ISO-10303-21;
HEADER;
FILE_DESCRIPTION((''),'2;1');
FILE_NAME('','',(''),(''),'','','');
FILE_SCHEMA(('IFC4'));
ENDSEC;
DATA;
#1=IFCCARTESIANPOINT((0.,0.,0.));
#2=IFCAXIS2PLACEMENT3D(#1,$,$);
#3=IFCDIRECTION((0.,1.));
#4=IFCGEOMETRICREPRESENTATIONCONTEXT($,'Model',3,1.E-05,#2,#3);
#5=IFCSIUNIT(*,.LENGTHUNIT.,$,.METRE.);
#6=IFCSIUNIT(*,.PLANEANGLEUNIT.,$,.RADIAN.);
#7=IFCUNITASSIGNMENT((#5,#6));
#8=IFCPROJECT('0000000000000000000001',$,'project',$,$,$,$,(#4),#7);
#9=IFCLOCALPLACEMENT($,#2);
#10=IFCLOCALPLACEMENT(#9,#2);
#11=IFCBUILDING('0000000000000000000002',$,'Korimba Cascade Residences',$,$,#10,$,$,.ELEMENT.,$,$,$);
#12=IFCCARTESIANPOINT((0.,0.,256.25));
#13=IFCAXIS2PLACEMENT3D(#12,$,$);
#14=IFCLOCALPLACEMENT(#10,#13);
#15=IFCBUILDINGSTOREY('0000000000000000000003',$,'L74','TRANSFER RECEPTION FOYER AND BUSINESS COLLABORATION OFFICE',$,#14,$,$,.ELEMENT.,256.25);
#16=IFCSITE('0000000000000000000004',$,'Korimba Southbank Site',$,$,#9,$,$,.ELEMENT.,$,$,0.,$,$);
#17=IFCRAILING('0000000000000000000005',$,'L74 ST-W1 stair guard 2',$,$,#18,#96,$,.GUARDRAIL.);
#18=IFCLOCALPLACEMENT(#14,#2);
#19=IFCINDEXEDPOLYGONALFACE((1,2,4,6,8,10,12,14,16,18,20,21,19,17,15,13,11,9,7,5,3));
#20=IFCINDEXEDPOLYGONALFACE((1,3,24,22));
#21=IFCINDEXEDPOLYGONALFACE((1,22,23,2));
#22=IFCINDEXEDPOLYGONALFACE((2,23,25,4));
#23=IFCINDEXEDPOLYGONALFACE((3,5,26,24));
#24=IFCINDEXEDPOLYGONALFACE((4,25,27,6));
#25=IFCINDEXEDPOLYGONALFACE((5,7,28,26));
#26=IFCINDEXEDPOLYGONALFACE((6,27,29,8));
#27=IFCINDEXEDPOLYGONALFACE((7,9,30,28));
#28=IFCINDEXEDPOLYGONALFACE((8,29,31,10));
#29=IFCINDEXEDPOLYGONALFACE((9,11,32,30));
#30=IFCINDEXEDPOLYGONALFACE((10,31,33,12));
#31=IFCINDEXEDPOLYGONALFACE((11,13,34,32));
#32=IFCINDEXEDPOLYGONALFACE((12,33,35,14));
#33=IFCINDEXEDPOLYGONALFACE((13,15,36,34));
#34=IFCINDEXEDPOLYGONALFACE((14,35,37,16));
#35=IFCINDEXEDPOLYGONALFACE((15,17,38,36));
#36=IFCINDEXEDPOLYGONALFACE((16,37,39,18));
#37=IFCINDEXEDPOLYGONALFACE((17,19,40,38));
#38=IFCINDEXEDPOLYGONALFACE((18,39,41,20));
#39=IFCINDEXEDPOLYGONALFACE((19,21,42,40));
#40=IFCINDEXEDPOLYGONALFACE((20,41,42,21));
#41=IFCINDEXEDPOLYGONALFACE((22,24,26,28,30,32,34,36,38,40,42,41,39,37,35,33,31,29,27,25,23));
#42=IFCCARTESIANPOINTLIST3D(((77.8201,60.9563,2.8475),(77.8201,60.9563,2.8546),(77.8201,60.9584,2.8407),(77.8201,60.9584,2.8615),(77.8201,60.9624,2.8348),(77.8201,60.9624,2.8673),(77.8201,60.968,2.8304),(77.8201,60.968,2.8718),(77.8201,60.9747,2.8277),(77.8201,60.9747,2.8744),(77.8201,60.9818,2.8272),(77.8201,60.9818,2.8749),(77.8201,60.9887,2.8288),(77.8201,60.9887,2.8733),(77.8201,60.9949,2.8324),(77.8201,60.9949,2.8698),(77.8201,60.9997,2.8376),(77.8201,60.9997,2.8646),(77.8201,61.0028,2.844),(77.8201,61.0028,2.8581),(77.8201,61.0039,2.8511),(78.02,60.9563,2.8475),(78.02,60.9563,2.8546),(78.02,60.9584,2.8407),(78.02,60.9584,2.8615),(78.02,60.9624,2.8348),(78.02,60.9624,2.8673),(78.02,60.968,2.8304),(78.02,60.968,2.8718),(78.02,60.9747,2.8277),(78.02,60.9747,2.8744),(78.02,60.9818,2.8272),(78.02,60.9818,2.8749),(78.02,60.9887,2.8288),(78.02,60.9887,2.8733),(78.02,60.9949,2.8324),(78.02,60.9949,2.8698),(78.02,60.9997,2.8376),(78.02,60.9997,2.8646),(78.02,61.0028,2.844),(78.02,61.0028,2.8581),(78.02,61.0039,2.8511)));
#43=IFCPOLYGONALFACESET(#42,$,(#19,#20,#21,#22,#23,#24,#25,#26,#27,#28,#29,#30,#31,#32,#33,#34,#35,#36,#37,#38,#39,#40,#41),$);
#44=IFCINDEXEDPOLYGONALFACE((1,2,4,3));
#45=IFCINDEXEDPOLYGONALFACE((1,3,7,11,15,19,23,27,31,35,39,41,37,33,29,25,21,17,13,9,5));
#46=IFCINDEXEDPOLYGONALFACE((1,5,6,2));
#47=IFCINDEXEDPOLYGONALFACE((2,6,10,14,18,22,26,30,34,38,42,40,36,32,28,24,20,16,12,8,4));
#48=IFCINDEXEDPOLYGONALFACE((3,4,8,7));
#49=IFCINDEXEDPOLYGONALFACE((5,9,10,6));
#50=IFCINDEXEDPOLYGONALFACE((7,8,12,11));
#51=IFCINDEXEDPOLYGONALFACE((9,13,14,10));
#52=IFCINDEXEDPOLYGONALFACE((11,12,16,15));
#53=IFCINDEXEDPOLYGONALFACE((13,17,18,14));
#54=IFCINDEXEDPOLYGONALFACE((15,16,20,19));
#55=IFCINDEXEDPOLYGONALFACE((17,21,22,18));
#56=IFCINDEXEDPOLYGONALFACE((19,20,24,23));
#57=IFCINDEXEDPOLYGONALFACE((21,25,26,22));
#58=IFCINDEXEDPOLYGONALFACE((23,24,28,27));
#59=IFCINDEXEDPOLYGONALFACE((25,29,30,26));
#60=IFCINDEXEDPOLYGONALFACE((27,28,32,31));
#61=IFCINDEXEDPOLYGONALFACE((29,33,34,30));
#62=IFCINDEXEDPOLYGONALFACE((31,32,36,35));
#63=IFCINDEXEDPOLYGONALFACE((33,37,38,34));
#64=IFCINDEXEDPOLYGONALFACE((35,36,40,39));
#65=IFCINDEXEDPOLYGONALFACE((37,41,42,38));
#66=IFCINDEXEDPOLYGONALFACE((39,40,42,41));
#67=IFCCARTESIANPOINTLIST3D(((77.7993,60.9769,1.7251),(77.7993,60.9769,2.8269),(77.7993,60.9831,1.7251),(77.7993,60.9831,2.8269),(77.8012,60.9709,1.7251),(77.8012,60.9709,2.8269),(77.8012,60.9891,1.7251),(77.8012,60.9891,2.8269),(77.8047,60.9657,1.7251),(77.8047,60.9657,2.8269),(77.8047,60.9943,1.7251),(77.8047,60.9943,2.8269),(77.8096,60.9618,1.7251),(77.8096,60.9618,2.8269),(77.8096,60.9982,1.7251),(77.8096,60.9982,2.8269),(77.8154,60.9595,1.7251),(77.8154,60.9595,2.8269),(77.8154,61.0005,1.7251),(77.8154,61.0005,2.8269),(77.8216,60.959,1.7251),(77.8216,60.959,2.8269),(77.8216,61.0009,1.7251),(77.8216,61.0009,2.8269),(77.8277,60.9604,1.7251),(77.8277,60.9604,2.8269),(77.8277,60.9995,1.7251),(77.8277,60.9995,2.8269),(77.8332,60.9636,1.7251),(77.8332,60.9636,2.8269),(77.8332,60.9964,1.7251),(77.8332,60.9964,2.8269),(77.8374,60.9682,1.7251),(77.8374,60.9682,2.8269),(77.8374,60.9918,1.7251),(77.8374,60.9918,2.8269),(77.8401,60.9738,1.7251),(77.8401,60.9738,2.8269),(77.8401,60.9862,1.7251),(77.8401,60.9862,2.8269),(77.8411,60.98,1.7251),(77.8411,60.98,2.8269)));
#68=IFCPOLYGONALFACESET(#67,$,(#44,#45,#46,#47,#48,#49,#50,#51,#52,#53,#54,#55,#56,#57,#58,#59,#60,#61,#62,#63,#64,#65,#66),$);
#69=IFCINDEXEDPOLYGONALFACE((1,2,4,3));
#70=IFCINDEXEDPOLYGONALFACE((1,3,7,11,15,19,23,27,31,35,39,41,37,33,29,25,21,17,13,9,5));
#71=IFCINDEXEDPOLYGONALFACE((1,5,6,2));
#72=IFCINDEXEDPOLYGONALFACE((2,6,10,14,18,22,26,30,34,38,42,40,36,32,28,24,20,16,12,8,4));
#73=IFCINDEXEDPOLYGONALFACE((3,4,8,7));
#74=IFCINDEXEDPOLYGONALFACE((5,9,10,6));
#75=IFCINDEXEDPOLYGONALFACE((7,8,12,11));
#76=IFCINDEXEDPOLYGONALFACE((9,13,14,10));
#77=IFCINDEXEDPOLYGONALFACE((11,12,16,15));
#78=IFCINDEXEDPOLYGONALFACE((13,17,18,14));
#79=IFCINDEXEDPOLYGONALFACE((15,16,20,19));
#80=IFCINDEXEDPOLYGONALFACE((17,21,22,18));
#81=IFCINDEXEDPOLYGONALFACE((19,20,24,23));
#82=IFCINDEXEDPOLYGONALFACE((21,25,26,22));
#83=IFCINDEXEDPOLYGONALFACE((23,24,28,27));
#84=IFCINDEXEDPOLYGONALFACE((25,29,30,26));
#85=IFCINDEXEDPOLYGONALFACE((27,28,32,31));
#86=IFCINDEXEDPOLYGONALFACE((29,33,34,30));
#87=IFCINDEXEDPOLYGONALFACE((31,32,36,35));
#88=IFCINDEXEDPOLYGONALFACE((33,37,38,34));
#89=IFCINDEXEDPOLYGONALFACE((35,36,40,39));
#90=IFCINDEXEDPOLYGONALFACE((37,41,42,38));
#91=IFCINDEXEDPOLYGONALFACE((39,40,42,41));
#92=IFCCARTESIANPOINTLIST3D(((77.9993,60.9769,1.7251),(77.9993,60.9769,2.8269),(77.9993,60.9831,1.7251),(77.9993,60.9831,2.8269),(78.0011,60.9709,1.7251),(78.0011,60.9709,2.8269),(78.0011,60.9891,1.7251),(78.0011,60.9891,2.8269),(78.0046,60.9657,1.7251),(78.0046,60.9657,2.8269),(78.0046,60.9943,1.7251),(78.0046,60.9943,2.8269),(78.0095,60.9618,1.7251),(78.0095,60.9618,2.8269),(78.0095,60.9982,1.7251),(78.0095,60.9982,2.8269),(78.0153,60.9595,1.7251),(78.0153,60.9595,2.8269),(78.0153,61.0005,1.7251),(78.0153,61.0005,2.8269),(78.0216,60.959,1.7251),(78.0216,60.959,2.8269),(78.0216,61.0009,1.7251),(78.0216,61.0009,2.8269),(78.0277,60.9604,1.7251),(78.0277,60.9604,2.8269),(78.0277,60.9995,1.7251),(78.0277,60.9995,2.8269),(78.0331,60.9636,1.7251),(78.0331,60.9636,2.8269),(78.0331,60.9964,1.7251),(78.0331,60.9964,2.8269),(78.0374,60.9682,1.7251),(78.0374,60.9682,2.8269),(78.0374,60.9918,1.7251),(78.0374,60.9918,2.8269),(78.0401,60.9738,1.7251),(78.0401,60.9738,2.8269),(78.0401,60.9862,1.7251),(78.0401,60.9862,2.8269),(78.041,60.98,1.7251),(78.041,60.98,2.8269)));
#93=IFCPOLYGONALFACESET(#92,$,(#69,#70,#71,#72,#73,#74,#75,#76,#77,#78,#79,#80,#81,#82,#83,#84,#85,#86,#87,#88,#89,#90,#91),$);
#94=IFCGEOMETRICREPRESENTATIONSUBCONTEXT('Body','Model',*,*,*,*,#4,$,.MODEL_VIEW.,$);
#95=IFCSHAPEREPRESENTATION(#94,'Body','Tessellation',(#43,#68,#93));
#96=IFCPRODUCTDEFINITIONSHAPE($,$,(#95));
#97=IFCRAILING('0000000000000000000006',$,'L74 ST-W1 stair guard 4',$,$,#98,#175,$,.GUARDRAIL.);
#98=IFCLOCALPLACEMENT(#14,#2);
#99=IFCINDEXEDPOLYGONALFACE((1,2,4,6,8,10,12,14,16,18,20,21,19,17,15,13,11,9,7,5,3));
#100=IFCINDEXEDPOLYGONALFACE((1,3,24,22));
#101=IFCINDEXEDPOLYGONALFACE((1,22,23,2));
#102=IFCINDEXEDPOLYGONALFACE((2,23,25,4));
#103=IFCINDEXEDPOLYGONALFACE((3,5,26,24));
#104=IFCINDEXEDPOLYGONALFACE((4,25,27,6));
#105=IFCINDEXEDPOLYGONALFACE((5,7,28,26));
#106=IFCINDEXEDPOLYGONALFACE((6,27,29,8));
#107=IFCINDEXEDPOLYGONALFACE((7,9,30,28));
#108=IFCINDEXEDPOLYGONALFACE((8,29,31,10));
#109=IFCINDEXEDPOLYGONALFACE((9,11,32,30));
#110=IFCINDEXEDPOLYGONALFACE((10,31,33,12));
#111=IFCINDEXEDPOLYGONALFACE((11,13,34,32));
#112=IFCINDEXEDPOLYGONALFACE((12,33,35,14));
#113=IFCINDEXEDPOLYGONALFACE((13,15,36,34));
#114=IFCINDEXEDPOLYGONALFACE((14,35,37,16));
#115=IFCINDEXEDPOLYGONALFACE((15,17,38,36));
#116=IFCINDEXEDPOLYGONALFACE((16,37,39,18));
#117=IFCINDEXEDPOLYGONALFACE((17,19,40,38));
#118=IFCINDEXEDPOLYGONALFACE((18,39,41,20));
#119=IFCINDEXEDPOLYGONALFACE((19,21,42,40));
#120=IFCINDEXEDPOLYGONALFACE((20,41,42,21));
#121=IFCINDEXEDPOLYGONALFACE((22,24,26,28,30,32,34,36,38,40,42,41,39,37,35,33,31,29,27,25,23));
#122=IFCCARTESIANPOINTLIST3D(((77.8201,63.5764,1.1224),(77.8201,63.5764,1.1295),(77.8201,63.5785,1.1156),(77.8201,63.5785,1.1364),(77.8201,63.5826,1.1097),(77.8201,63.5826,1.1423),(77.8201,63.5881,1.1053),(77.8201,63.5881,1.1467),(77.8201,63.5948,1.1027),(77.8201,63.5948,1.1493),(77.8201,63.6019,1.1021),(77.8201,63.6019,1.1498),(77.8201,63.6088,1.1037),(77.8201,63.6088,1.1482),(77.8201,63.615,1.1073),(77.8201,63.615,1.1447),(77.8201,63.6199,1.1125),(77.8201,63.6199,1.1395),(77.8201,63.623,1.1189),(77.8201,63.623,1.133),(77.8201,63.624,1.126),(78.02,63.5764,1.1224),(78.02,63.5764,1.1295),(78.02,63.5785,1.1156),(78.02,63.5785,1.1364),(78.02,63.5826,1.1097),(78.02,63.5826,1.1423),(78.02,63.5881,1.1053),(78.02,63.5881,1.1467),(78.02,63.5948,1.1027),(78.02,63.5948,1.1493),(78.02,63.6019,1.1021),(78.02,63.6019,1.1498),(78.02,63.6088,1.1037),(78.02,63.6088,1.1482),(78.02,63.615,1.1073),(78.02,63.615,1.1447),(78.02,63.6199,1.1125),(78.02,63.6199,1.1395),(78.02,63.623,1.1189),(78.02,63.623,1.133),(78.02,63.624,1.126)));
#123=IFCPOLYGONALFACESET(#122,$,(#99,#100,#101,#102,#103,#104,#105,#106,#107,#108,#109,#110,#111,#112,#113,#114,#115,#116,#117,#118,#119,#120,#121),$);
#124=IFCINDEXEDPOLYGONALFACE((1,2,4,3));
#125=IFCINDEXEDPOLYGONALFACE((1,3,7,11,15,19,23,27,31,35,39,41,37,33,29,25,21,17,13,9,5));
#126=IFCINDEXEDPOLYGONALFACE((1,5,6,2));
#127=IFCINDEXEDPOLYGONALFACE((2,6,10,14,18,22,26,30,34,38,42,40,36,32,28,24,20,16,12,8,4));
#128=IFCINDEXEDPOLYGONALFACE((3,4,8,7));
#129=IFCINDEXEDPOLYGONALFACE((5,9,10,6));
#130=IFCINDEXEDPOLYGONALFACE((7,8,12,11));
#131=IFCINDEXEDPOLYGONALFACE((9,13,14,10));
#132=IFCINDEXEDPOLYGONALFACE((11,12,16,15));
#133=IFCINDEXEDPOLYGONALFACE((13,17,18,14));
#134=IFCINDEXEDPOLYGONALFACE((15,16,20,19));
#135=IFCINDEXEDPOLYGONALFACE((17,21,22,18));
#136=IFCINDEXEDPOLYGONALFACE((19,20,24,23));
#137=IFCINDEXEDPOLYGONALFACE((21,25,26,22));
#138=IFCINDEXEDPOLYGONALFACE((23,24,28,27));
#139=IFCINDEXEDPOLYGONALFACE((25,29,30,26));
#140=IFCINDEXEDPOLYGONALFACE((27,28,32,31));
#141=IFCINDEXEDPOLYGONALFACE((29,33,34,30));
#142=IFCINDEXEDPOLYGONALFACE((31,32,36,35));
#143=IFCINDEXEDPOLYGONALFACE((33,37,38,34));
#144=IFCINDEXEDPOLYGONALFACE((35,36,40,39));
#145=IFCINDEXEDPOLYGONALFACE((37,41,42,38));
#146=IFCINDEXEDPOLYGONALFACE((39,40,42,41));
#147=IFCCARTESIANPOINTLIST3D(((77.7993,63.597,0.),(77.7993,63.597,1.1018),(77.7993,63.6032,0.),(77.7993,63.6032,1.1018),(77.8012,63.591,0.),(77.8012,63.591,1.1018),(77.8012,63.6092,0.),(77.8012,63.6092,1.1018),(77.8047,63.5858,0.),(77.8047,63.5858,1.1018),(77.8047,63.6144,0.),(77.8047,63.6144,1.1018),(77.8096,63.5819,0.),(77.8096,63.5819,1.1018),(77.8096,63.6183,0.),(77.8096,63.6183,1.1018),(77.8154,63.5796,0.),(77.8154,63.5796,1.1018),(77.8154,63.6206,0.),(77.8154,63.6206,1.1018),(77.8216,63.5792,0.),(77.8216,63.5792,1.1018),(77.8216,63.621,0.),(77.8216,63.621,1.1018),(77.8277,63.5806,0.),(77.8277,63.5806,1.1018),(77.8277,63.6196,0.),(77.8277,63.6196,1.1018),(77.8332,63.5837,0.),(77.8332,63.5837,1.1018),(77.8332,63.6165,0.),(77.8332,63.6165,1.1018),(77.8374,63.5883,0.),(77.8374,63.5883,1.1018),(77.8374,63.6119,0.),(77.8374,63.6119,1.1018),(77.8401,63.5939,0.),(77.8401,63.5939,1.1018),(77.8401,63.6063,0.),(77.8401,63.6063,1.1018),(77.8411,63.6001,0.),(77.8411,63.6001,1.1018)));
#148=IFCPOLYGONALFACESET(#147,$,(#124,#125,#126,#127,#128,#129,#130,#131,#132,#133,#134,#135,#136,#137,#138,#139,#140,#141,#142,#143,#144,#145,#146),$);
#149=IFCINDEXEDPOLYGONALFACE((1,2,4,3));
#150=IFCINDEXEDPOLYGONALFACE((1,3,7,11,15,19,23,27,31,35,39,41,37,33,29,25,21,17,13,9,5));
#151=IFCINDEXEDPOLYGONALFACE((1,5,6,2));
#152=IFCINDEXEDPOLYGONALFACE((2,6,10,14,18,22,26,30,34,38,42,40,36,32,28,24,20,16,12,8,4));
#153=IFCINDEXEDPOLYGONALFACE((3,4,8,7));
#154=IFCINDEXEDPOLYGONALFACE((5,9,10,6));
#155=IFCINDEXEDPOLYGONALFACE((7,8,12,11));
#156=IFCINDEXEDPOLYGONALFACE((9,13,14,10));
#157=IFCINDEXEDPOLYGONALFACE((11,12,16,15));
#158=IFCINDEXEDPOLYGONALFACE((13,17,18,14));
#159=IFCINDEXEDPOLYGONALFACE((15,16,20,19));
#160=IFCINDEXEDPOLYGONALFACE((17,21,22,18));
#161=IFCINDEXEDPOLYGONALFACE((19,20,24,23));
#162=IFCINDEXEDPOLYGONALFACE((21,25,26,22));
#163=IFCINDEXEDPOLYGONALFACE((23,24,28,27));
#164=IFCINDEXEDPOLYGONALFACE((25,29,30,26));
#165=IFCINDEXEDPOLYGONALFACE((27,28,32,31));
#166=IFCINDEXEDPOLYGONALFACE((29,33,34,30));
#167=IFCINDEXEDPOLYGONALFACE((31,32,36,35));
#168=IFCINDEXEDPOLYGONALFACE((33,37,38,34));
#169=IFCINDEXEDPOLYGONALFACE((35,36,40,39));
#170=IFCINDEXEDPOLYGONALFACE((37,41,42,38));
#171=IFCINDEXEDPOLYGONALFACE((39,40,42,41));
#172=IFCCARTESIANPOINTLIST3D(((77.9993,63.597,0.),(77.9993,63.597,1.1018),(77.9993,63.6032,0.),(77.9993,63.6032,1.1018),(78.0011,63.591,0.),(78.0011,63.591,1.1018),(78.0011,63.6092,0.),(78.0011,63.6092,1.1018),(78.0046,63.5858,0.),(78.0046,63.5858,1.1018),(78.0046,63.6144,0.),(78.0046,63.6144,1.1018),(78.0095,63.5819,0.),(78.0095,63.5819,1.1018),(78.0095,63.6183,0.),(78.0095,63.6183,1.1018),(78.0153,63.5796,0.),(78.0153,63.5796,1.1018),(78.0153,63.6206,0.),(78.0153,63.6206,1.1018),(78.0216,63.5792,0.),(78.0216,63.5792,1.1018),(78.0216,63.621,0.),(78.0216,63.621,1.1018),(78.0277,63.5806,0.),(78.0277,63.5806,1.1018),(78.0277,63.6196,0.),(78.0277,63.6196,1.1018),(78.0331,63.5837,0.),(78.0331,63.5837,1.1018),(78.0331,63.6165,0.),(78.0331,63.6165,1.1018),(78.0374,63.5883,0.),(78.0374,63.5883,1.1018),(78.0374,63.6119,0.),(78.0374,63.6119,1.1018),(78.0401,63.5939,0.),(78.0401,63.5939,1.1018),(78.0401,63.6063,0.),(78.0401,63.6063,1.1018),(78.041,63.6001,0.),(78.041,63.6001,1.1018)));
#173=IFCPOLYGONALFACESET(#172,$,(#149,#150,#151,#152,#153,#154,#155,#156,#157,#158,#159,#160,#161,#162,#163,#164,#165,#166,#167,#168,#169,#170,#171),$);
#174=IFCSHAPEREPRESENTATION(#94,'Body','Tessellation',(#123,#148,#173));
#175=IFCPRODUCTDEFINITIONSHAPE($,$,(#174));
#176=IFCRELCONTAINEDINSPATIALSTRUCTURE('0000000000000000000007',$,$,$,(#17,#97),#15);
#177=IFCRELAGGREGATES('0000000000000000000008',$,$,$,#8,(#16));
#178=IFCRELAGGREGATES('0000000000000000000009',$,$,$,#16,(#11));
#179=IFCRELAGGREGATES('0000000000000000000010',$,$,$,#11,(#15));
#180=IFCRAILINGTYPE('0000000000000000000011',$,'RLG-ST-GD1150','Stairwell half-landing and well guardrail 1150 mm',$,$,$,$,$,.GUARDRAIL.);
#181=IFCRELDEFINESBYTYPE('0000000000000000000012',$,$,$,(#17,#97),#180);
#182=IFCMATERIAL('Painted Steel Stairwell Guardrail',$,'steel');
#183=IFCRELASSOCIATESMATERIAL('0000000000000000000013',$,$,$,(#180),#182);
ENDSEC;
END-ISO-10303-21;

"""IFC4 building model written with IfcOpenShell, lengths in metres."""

from ifc_helpers import new_model, si_unit, direction, frame, origin, origin_2d, place, context, subcontext, project, spatial, circle, extrude, material, type_object, element, save


model = new_model("IFC4")

# Units and contexts
model_context = context("Model", 3, precision=1e-05, world=origin(), true_north=direction((0.0, 1.0)))
body_context = subcontext(model_context, "Body", "Model", "MODEL_VIEW")
ifc_project = project(units=[si_unit("LENGTHUNIT", "METRE"), si_unit("PLANEANGLEUNIT", "RADIAN")], contexts=[model_context])

# Site, building, storey
site_placement = place(None, origin())
site = spatial("IfcSite", under=ifc_project, at=site_placement, Name="Korimba Southbank Site", CompositionType="ELEMENT", RefElevation=0.0)
building_placement = place(site_placement, origin())
building = spatial("IfcBuilding", under=site, at=building_placement, Name="Korimba Cascade Residences", CompositionType="ELEMENT")
storey_placement = place(building_placement, frame((0.0, 0.0, 256.25)))
storey = spatial("IfcBuildingStorey", under=building, at=storey_placement, Name="L74", Description="TRANSFER RECEPTION FOYER AND BUSINESS COLLABORATION OFFICE", CompositionType="ELEMENT", Elevation=256.25)

# Railings
ifc_material_1 = material(Name="Painted Steel Stairwell Guardrail", Category="steel")
railing_type_1 = type_object("IfcRailingType", Name="RLG-ST-GD1150", Description="Stairwell half-landing and well guardrail 1150 mm", PredefinedType="GUARDRAIL", material=ifc_material_1)
for number, where, name in (
    (1, (77.8201, 60.98, 1.7251), "L74 ST-W1 stair guard 2"),
    (2, (77.8201, 63.6001, 0.0), "L74 ST-W1 stair guard 4"),
):
    element("IfcRailing", number, at=place(storey_placement, frame(where)), inside=storey, type_object=railing_type_1, Name=name, PredefinedType="GUARDRAIL", context=body_context, shape_type="SweptSolid", body=[
        extrude(circle(Radius=0.0239, at=origin_2d()), frame((0.0, 0.0, 1.126), z_axis=(1.0, 0.0, 0.0), x_axis=(0.0, 1.0, 0.0)), (0.0, 0.0, 1.0), 0.2),
        extrude(circle(Radius=0.021, at=origin_2d()), origin(), (0.0, 0.0, 1.0), 1.1018),
        extrude(circle(Radius=0.021, at=origin_2d()), frame((0.2, 0.0, 0.0)), (0.0, 0.0, 1.0), 1.1018),
    ])

save(model, "model.ifc")
